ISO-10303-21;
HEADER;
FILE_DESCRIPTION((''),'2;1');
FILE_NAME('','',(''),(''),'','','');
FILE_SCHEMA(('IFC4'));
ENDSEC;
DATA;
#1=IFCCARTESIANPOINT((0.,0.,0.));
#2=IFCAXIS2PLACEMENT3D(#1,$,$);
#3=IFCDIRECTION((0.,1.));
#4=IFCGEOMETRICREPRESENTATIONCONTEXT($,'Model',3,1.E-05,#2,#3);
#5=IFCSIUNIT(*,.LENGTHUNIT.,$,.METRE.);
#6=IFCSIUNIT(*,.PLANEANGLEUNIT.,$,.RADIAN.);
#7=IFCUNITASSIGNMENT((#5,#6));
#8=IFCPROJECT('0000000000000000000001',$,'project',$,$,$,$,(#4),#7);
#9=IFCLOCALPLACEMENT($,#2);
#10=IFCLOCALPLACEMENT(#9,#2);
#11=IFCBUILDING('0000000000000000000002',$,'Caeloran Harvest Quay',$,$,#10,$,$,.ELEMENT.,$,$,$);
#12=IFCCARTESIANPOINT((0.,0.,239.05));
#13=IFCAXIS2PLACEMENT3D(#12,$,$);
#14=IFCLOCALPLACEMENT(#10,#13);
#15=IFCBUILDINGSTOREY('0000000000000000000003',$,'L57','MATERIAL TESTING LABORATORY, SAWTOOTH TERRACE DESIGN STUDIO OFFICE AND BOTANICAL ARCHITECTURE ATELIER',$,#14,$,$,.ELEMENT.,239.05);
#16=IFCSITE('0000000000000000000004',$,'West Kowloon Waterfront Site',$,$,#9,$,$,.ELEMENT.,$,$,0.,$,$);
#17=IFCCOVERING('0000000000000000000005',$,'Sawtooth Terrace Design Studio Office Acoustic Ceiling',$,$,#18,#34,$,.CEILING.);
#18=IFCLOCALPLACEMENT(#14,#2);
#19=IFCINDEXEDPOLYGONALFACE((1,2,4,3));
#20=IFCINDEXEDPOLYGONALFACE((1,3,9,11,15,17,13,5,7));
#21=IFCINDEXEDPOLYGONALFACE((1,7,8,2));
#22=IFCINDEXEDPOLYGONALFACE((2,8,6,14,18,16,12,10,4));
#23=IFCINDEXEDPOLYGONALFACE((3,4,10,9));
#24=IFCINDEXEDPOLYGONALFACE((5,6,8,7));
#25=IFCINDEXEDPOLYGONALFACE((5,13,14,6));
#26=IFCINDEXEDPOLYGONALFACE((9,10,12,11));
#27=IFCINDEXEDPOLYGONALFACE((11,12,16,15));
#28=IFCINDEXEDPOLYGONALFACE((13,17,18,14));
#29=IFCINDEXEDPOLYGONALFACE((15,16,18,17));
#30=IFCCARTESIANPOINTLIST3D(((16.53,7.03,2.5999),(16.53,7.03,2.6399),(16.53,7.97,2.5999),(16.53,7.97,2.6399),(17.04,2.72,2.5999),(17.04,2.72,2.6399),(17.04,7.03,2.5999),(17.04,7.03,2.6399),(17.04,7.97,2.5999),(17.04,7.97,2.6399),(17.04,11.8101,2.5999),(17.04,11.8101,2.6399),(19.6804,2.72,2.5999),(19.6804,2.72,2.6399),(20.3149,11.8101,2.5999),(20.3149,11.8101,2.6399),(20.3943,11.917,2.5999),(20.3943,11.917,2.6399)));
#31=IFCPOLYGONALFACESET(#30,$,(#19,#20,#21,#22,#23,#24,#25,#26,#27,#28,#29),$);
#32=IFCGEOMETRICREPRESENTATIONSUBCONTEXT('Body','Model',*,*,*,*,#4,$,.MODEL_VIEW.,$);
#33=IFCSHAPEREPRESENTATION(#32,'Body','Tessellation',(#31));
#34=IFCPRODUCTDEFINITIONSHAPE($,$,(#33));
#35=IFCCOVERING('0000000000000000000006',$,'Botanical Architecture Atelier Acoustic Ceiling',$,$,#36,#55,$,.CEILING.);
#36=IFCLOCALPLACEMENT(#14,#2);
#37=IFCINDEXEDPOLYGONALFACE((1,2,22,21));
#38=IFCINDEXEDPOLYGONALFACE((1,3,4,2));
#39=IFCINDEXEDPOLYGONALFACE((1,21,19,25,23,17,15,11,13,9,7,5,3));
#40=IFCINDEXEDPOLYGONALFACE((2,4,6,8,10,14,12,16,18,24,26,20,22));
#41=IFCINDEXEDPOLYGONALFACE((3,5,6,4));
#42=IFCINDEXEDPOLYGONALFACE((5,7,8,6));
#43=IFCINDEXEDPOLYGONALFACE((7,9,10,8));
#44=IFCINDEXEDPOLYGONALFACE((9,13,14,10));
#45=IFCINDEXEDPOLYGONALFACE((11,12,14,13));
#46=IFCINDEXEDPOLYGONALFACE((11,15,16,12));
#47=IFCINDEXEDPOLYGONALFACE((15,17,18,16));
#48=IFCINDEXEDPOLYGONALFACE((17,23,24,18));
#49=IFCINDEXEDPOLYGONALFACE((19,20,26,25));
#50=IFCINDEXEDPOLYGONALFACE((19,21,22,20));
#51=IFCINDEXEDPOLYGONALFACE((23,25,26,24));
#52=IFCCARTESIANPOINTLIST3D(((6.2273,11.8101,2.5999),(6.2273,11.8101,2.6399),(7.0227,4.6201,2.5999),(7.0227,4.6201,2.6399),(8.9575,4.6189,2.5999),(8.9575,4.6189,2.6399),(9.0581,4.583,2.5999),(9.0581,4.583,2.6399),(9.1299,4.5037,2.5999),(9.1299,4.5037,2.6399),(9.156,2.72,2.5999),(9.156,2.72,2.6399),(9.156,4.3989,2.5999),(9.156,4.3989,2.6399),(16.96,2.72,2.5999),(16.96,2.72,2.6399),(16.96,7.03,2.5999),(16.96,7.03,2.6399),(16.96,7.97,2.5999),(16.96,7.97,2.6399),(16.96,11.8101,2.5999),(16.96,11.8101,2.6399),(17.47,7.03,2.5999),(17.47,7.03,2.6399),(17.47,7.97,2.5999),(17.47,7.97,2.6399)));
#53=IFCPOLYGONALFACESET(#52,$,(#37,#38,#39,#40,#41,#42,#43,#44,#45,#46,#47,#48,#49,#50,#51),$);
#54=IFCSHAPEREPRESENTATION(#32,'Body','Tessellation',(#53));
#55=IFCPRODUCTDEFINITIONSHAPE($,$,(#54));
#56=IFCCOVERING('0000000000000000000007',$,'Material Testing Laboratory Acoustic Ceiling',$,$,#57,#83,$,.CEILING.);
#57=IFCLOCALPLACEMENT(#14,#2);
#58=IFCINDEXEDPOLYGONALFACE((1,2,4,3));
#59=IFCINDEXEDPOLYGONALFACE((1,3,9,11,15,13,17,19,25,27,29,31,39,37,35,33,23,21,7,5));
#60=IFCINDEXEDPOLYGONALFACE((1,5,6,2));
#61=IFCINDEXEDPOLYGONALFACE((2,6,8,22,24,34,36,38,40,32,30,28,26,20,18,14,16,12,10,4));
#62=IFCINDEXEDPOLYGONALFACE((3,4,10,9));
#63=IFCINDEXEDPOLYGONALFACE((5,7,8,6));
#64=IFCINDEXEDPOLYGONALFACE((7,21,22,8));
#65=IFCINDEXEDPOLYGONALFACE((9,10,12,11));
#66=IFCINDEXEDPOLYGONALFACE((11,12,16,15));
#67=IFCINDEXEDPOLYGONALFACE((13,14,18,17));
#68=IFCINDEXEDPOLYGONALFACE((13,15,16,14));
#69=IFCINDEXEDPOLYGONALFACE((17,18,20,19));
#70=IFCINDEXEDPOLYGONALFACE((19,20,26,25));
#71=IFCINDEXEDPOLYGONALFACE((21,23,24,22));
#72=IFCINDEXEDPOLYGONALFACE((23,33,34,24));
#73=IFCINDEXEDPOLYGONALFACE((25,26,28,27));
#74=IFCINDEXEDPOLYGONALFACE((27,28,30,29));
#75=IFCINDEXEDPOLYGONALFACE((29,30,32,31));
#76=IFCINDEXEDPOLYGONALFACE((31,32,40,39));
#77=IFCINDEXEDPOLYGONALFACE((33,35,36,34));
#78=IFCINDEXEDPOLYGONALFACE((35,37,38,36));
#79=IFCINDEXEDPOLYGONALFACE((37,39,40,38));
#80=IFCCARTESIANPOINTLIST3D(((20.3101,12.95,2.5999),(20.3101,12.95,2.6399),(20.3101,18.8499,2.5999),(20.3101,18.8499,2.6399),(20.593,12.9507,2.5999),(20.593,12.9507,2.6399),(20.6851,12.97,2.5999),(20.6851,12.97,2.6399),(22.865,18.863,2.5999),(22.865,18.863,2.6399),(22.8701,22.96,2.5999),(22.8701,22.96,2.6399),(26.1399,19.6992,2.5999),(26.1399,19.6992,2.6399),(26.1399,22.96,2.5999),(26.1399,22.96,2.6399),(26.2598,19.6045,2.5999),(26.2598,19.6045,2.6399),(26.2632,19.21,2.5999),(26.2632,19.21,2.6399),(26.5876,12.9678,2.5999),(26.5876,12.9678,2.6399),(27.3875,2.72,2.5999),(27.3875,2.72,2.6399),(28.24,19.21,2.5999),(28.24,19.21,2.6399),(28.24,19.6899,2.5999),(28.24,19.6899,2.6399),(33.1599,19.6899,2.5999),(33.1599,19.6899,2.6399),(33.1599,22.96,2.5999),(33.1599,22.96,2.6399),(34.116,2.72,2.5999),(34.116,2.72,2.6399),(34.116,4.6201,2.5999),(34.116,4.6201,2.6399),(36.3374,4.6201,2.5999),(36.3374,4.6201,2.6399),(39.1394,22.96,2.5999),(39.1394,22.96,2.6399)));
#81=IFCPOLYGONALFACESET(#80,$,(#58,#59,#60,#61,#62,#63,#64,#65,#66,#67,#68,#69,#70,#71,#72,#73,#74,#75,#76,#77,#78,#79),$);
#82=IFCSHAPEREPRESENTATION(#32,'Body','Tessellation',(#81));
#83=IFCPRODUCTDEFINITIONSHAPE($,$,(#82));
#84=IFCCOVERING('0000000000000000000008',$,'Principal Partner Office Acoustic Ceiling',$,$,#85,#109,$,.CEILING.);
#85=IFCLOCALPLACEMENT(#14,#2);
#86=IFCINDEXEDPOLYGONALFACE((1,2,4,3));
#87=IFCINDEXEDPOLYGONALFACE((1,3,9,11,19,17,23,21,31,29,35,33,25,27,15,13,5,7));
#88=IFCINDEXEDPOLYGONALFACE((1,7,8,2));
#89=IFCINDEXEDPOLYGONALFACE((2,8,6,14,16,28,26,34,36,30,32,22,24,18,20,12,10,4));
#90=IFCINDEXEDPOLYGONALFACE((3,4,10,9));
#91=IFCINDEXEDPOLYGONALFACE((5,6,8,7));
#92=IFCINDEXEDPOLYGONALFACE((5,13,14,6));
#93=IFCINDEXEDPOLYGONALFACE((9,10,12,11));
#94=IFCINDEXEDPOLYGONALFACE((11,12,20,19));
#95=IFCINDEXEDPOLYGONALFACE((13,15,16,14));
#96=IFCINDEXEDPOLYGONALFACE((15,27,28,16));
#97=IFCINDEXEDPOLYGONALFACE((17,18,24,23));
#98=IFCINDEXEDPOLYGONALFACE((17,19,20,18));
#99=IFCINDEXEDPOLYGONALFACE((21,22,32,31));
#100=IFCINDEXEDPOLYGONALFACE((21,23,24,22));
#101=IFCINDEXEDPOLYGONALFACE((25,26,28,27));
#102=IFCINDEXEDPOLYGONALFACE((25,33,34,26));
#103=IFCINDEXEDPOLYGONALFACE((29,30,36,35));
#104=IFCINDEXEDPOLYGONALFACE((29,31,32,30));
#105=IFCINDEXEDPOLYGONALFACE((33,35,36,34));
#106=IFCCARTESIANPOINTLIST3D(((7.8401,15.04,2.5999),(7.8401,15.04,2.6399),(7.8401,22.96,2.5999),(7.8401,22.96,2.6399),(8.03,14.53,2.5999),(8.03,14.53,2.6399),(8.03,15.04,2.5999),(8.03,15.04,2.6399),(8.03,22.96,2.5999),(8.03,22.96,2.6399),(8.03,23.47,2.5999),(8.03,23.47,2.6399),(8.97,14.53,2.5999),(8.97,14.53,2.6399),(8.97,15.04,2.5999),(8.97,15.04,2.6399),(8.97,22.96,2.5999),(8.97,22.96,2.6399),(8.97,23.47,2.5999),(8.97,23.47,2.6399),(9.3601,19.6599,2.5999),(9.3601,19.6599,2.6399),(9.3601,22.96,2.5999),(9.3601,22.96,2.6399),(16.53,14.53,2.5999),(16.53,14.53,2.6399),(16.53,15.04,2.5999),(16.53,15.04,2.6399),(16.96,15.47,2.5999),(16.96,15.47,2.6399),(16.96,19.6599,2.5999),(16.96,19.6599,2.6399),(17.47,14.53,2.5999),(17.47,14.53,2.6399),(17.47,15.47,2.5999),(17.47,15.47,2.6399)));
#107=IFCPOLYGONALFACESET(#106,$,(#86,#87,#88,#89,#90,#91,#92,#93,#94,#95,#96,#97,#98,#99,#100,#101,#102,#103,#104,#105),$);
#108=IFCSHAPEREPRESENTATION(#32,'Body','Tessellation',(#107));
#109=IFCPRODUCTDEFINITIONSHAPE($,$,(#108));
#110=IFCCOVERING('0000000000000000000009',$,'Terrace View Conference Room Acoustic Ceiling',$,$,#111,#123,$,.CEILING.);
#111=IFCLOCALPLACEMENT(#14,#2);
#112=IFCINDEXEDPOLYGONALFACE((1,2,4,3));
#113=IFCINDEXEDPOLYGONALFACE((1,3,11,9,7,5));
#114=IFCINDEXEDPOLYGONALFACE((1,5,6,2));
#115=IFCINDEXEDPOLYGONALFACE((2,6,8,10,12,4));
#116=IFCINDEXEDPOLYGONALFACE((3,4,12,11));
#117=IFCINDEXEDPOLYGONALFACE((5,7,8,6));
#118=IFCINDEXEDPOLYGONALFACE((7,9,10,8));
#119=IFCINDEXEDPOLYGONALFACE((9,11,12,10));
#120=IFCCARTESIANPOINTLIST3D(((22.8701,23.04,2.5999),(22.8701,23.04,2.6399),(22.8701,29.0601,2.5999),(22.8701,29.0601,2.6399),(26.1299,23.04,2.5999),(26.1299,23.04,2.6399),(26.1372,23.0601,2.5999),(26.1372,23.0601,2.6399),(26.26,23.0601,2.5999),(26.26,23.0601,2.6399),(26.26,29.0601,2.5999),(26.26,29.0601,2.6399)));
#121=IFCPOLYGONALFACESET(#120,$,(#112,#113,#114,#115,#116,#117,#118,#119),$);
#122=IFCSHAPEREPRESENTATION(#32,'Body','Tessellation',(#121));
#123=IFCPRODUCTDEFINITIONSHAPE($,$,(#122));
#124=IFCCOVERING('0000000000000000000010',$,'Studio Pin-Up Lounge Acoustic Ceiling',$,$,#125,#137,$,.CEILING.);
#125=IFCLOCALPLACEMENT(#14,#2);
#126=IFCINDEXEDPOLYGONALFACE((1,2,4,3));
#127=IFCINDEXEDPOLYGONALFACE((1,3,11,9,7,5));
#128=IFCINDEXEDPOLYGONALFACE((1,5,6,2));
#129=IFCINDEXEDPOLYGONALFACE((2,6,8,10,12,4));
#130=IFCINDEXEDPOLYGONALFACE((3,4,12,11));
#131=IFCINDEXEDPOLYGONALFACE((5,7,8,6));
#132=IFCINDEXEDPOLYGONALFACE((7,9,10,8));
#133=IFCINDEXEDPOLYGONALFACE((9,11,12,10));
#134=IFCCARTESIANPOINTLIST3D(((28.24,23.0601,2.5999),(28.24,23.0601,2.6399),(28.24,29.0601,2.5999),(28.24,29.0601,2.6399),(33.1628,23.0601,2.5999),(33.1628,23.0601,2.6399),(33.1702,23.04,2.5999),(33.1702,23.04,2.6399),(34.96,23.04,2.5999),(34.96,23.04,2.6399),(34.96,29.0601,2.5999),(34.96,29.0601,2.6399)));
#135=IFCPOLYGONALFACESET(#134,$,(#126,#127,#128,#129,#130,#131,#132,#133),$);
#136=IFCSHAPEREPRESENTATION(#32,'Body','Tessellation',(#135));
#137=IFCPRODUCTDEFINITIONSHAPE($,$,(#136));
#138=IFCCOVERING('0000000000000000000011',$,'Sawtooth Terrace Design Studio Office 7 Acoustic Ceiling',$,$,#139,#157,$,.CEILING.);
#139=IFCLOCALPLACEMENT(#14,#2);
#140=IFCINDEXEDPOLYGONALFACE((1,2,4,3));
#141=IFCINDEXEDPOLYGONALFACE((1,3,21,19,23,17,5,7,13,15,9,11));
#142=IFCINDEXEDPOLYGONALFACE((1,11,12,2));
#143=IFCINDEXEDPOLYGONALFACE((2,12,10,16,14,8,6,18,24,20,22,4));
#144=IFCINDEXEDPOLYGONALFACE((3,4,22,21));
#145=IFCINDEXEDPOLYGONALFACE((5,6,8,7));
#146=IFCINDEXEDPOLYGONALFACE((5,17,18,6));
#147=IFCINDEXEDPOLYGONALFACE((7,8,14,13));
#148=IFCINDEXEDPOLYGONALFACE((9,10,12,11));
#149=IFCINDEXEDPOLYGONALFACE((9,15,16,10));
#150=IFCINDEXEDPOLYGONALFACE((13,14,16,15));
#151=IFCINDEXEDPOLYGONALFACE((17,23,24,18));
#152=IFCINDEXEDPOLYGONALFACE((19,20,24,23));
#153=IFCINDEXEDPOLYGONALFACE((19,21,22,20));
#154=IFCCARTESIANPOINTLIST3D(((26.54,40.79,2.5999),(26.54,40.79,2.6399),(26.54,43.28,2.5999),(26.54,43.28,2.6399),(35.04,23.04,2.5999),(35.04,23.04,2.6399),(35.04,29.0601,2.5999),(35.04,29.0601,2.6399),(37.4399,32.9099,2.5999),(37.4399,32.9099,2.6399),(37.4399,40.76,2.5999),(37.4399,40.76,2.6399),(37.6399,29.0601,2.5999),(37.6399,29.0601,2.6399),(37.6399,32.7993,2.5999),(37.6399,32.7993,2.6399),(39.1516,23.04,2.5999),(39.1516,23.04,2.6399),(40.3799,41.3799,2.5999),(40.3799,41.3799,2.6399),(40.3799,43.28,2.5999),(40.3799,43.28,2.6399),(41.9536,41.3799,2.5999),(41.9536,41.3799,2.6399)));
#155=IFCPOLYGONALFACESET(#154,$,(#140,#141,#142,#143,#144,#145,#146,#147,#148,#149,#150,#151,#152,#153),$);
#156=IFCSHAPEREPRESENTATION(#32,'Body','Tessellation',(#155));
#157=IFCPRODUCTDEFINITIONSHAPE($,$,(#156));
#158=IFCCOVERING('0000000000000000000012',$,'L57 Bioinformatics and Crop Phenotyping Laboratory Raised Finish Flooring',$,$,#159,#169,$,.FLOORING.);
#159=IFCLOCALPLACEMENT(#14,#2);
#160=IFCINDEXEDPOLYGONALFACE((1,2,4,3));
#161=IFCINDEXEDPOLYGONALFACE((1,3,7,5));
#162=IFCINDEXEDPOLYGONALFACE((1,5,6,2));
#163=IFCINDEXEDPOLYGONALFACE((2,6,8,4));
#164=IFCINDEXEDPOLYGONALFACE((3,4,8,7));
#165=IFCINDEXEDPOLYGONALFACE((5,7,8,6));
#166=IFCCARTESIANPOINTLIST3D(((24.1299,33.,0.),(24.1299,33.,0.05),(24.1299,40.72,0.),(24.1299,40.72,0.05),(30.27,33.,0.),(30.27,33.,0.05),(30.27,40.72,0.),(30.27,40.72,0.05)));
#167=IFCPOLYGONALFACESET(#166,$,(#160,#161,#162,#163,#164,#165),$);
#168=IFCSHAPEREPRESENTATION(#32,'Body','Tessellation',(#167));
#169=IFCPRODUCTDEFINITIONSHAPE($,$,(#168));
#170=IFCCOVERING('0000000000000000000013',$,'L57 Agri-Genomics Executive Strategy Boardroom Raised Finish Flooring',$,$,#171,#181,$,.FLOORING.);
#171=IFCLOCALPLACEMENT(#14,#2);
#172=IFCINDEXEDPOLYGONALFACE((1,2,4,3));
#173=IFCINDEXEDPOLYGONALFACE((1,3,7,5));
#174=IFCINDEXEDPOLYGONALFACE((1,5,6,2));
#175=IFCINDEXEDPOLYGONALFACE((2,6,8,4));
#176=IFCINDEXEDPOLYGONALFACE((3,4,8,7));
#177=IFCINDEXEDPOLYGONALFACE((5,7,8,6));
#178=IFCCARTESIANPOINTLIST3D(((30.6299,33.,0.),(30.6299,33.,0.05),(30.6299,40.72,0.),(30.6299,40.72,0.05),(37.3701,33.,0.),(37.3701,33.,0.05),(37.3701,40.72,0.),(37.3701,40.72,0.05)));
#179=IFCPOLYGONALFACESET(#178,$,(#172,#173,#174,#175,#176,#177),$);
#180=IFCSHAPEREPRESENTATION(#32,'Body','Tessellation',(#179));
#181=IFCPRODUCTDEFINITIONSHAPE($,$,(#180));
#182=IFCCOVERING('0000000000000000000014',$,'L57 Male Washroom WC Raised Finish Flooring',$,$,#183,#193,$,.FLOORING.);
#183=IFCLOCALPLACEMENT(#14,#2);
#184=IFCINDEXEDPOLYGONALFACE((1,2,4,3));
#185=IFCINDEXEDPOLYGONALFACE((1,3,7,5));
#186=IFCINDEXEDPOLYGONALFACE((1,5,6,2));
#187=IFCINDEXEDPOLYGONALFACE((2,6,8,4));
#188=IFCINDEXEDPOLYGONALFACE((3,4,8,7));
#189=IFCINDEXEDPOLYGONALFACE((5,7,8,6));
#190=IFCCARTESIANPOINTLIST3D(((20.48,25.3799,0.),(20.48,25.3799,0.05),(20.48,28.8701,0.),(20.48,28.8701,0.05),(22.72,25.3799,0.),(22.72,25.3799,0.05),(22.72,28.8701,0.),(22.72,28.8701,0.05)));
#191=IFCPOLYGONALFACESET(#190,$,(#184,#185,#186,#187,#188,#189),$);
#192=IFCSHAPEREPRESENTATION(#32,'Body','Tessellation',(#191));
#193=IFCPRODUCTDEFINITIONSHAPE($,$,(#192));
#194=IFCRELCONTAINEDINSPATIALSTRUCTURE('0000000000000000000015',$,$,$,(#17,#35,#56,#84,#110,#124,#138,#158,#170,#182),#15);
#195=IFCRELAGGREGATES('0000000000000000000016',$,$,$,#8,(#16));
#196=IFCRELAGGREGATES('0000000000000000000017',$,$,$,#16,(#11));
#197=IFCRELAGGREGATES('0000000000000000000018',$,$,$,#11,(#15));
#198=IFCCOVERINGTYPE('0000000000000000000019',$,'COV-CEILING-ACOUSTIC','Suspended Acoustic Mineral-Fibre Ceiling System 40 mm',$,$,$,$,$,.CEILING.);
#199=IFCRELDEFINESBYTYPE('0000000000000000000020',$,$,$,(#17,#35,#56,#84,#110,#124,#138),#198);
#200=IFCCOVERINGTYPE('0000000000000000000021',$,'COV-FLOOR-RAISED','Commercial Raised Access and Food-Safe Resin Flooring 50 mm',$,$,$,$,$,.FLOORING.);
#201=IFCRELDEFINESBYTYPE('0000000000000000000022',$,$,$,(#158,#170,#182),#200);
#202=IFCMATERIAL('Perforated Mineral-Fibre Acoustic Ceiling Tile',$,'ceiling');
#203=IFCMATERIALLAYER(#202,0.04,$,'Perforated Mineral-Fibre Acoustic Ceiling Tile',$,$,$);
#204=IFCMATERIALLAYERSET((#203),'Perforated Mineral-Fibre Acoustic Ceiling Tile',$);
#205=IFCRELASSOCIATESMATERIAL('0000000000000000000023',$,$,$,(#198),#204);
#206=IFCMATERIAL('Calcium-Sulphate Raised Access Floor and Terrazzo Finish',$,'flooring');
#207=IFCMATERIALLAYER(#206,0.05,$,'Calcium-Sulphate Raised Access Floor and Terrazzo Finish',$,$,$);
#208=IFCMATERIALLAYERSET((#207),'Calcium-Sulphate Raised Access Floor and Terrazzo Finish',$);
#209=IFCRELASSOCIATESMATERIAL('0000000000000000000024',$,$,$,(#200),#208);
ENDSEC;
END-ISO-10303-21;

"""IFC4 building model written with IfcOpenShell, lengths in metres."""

from ifc_helpers import new_model, si_unit, direction, frame, origin, place, context, subcontext, project, spatial, polyline, outline, extrude, material, layer, layer_set, type_object, element, save


model = new_model("IFC4")

# Units and contexts
model_context = context("Model", 3, precision=1e-05, world=origin(), true_north=direction((0.0, 1.0)))
body_context = subcontext(model_context, "Body", "Model", "MODEL_VIEW")
ifc_project = project(units=[si_unit("LENGTHUNIT", "METRE"), si_unit("PLANEANGLEUNIT", "RADIAN")], contexts=[model_context])

# Site, building, storey
site_placement = place(None, origin())
site = spatial("IfcSite", under=ifc_project, at=site_placement, Name="West Kowloon Waterfront Site", CompositionType="ELEMENT", RefElevation=0.0)
building_placement = place(site_placement, origin())
building = spatial("IfcBuilding", under=site, at=building_placement, Name="Caeloran Harvest Quay", CompositionType="ELEMENT")
storey_placement = place(building_placement, frame((0.0, 0.0, 239.05)))
storey = spatial("IfcBuildingStorey", under=building, at=storey_placement, Name="L57", Description="MATERIAL TESTING LABORATORY, SAWTOOTH TERRACE DESIGN STUDIO OFFICE AND BOTANICAL ARCHITECTURE ATELIER", CompositionType="ELEMENT", Elevation=239.05)

# Coverings
ifc_material_1 = material(Name="Perforated Mineral-Fibre Acoustic Ceiling Tile", Category="ceiling")
ifc_layer_1 = layer(ifc_material_1, 0.04, Name="Perforated Mineral-Fibre Acoustic Ceiling Tile")
ifc_layer_set_1 = layer_set([ifc_layer_1], Name="Perforated Mineral-Fibre Acoustic Ceiling Tile")
covering_type_1 = type_object("IfcCoveringType", Name="COV-CEILING-ACOUSTIC", Description="Suspended Acoustic Mineral-Fibre Ceiling System 40 mm", PredefinedType="CEILING", material=ifc_layer_set_1)
covering_1_placement = place(storey_placement, frame((0.0, 0.0, 2.5999)))
element("IfcCovering", 1, at=covering_1_placement, inside=storey, type_object=covering_type_1, Name="Sawtooth Terrace Design Studio Office Acoustic Ceiling", PredefinedType="CEILING", context=body_context, shape_type="SweptSolid", body=[
    extrude(outline(polyline([(17.04, 7.03), (16.53, 7.03), (16.53, 7.97), (17.04, 7.97), (17.04, 11.8101), (20.3149, 11.8101), (20.3943, 11.917), (19.6804, 2.72), (17.04, 2.72), (17.04, 7.03)])), origin(), (0.0, 0.0, 1.0), 0.04),
])
covering_2_placement = place(storey_placement, frame((0.0, 0.0, 2.5999)))
element("IfcCovering", 2, at=covering_2_placement, inside=storey, type_object=covering_type_1, Name="Botanical Architecture Atelier Acoustic Ceiling", PredefinedType="CEILING", context=body_context, shape_type="SweptSolid", body=[
    extrude(outline(polyline([(9.1299, 4.5037), (9.0581, 4.583), (8.9575, 4.6189), (7.0227, 4.6201), (6.2273, 11.8101), (16.96, 11.8101), (16.96, 7.97), (17.47, 7.97), (17.47, 7.03), (16.96, 7.03), (16.96, 2.72), (9.156, 2.72), (9.156, 4.3989), (9.1299, 4.5037)])), origin(), (0.0, 0.0, 1.0), 0.04),
])
covering_3_placement = place(storey_placement, frame((0.0, 0.0, 2.5999)))
element("IfcCovering", 3, at=covering_3_placement, inside=storey, type_object=covering_type_1, Name="Material Testing Laboratory Acoustic Ceiling", PredefinedType="CEILING", context=body_context, shape_type="SweptSolid", body=[
    extrude(outline(polyline([(26.5876, 12.9678), (20.6851, 12.97), (20.593, 12.9507), (20.3101, 12.95), (20.3101, 18.8499), (22.865, 18.863), (22.8701, 22.96), (26.1399, 22.96), (26.1399, 19.6992), (26.2598, 19.6045), (26.2632, 19.21), (28.24, 19.21), (28.24, 19.6899), (33.1599, 19.6899), (33.1599, 22.96), (39.1394, 22.96), (36.3374, 4.6201), (34.116, 4.6201), (34.116, 2.72), (27.3875, 2.72), (26.5876, 12.9678)])), origin(), (0.0, 0.0, 1.0), 0.04),
])
covering_4_placement = place(storey_placement, frame((0.0, 0.0, 2.5999)))
element("IfcCovering", 4, at=covering_4_placement, inside=storey, type_object=covering_type_1, Name="Principal Partner Office Acoustic Ceiling", PredefinedType="CEILING", context=body_context, shape_type="SweptSolid", body=[
    extrude(outline(polyline([(8.03, 15.04), (7.8401, 15.04), (7.8401, 22.96), (8.03, 22.96), (8.03, 23.47), (8.97, 23.47), (8.97, 22.96), (9.3601, 22.96), (9.3601, 19.6599), (16.96, 19.6599), (16.96, 15.47), (17.47, 15.47), (17.47, 14.53), (16.53, 14.53), (16.53, 15.04), (8.97, 15.04), (8.97, 14.53), (8.03, 14.53), (8.03, 15.04)])), origin(), (0.0, 0.0, 1.0), 0.04),
])
covering_5_placement = place(storey_placement, frame((0.0, 0.0, 2.5999)))
element("IfcCovering", 5, at=covering_5_placement, inside=storey, type_object=covering_type_1, Name="Terrace View Conference Room Acoustic Ceiling", PredefinedType="CEILING", context=body_context, shape_type="SweptSolid", body=[
    extrude(outline(polyline([(26.1372, 23.0601), (26.1299, 23.04), (22.8701, 23.04), (22.8701, 29.0601), (26.26, 29.0601), (26.26, 23.0601), (26.1372, 23.0601)])), origin(), (0.0, 0.0, 1.0), 0.04),
])
covering_6_placement = place(storey_placement, frame((0.0, 0.0, 2.5999)))
element("IfcCovering", 6, at=covering_6_placement, inside=storey, type_object=covering_type_1, Name="Studio Pin-Up Lounge Acoustic Ceiling", PredefinedType="CEILING", context=body_context, shape_type="SweptSolid", body=[
    extrude(outline(polyline([(33.1628, 23.0601), (28.24, 23.0601), (28.24, 29.0601), (34.96, 29.0601), (34.96, 23.04), (33.1702, 23.04), (33.1628, 23.0601)])), origin(), (0.0, 0.0, 1.0), 0.04),
])
covering_7_placement = place(storey_placement, frame((0.0, 0.0, 2.5999)))
element("IfcCovering", 7, at=covering_7_placement, inside=storey, type_object=covering_type_1, Name="Sawtooth Terrace Design Studio Office 7 Acoustic Ceiling", PredefinedType="CEILING", context=body_context, shape_type="SweptSolid", body=[
    extrude(outline(polyline([(26.54, 43.28), (40.3799, 43.28), (40.3799, 41.3799), (41.9536, 41.3799), (39.1516, 23.04), (35.04, 23.04), (35.04, 29.0601), (37.6399, 29.0601), (37.6399, 32.7993), (37.4399, 32.9099), (37.4399, 40.76), (26.54, 40.79), (26.54, 43.28)])), origin(), (0.0, 0.0, 1.0), 0.04),
])
ifc_material_2 = material(Name="Calcium-Sulphate Raised Access Floor and Terrazzo Finish", Category="flooring")
ifc_layer_2 = layer(ifc_material_2, 0.05, Name="Calcium-Sulphate Raised Access Floor and Terrazzo Finish")
ifc_layer_set_2 = layer_set([ifc_layer_2], Name="Calcium-Sulphate Raised Access Floor and Terrazzo Finish")
covering_type_2 = type_object("IfcCoveringType", Name="COV-FLOOR-RAISED", Description="Commercial Raised Access and Food-Safe Resin Flooring 50 mm", PredefinedType="FLOORING", material=ifc_layer_set_2)
covering_8_placement = place(storey_placement, origin())
element("IfcCovering", 8, at=covering_8_placement, inside=storey, type_object=covering_type_2, Name="L57 Bioinformatics and Crop Phenotyping Laboratory Raised Finish Flooring", PredefinedType="FLOORING", context=body_context, shape_type="SweptSolid", body=[
    extrude(outline(polyline([(30.27, 40.72), (30.27, 33.0), (24.1299, 33.0), (24.1299, 40.72), (30.27, 40.72)])), origin(), (0.0, 0.0, 1.0), 0.05),
])
covering_9_placement = place(storey_placement, origin())
element("IfcCovering", 9, at=covering_9_placement, inside=storey, type_object=covering_type_2, Name="L57 Agri-Genomics Executive Strategy Boardroom Raised Finish Flooring", PredefinedType="FLOORING", context=body_context, shape_type="SweptSolid", body=[
    extrude(outline(polyline([(37.3701, 40.72), (37.3701, 33.0), (30.6299, 33.0), (30.6299, 40.72), (37.3701, 40.72)])), origin(), (0.0, 0.0, 1.0), 0.05),
])
covering_10_placement = place(storey_placement, origin())
element("IfcCovering", 10, at=covering_10_placement, inside=storey, type_object=covering_type_2, Name="L57 Male Washroom WC Raised Finish Flooring", PredefinedType="FLOORING", context=body_context, shape_type="SweptSolid", body=[
    extrude(outline(polyline([(22.72, 28.8701), (22.72, 25.3799), (20.48, 25.3799), (20.48, 28.8701), (22.72, 28.8701)])), origin(), (0.0, 0.0, 1.0), 0.05),
])

save(model, "model.ifc")
